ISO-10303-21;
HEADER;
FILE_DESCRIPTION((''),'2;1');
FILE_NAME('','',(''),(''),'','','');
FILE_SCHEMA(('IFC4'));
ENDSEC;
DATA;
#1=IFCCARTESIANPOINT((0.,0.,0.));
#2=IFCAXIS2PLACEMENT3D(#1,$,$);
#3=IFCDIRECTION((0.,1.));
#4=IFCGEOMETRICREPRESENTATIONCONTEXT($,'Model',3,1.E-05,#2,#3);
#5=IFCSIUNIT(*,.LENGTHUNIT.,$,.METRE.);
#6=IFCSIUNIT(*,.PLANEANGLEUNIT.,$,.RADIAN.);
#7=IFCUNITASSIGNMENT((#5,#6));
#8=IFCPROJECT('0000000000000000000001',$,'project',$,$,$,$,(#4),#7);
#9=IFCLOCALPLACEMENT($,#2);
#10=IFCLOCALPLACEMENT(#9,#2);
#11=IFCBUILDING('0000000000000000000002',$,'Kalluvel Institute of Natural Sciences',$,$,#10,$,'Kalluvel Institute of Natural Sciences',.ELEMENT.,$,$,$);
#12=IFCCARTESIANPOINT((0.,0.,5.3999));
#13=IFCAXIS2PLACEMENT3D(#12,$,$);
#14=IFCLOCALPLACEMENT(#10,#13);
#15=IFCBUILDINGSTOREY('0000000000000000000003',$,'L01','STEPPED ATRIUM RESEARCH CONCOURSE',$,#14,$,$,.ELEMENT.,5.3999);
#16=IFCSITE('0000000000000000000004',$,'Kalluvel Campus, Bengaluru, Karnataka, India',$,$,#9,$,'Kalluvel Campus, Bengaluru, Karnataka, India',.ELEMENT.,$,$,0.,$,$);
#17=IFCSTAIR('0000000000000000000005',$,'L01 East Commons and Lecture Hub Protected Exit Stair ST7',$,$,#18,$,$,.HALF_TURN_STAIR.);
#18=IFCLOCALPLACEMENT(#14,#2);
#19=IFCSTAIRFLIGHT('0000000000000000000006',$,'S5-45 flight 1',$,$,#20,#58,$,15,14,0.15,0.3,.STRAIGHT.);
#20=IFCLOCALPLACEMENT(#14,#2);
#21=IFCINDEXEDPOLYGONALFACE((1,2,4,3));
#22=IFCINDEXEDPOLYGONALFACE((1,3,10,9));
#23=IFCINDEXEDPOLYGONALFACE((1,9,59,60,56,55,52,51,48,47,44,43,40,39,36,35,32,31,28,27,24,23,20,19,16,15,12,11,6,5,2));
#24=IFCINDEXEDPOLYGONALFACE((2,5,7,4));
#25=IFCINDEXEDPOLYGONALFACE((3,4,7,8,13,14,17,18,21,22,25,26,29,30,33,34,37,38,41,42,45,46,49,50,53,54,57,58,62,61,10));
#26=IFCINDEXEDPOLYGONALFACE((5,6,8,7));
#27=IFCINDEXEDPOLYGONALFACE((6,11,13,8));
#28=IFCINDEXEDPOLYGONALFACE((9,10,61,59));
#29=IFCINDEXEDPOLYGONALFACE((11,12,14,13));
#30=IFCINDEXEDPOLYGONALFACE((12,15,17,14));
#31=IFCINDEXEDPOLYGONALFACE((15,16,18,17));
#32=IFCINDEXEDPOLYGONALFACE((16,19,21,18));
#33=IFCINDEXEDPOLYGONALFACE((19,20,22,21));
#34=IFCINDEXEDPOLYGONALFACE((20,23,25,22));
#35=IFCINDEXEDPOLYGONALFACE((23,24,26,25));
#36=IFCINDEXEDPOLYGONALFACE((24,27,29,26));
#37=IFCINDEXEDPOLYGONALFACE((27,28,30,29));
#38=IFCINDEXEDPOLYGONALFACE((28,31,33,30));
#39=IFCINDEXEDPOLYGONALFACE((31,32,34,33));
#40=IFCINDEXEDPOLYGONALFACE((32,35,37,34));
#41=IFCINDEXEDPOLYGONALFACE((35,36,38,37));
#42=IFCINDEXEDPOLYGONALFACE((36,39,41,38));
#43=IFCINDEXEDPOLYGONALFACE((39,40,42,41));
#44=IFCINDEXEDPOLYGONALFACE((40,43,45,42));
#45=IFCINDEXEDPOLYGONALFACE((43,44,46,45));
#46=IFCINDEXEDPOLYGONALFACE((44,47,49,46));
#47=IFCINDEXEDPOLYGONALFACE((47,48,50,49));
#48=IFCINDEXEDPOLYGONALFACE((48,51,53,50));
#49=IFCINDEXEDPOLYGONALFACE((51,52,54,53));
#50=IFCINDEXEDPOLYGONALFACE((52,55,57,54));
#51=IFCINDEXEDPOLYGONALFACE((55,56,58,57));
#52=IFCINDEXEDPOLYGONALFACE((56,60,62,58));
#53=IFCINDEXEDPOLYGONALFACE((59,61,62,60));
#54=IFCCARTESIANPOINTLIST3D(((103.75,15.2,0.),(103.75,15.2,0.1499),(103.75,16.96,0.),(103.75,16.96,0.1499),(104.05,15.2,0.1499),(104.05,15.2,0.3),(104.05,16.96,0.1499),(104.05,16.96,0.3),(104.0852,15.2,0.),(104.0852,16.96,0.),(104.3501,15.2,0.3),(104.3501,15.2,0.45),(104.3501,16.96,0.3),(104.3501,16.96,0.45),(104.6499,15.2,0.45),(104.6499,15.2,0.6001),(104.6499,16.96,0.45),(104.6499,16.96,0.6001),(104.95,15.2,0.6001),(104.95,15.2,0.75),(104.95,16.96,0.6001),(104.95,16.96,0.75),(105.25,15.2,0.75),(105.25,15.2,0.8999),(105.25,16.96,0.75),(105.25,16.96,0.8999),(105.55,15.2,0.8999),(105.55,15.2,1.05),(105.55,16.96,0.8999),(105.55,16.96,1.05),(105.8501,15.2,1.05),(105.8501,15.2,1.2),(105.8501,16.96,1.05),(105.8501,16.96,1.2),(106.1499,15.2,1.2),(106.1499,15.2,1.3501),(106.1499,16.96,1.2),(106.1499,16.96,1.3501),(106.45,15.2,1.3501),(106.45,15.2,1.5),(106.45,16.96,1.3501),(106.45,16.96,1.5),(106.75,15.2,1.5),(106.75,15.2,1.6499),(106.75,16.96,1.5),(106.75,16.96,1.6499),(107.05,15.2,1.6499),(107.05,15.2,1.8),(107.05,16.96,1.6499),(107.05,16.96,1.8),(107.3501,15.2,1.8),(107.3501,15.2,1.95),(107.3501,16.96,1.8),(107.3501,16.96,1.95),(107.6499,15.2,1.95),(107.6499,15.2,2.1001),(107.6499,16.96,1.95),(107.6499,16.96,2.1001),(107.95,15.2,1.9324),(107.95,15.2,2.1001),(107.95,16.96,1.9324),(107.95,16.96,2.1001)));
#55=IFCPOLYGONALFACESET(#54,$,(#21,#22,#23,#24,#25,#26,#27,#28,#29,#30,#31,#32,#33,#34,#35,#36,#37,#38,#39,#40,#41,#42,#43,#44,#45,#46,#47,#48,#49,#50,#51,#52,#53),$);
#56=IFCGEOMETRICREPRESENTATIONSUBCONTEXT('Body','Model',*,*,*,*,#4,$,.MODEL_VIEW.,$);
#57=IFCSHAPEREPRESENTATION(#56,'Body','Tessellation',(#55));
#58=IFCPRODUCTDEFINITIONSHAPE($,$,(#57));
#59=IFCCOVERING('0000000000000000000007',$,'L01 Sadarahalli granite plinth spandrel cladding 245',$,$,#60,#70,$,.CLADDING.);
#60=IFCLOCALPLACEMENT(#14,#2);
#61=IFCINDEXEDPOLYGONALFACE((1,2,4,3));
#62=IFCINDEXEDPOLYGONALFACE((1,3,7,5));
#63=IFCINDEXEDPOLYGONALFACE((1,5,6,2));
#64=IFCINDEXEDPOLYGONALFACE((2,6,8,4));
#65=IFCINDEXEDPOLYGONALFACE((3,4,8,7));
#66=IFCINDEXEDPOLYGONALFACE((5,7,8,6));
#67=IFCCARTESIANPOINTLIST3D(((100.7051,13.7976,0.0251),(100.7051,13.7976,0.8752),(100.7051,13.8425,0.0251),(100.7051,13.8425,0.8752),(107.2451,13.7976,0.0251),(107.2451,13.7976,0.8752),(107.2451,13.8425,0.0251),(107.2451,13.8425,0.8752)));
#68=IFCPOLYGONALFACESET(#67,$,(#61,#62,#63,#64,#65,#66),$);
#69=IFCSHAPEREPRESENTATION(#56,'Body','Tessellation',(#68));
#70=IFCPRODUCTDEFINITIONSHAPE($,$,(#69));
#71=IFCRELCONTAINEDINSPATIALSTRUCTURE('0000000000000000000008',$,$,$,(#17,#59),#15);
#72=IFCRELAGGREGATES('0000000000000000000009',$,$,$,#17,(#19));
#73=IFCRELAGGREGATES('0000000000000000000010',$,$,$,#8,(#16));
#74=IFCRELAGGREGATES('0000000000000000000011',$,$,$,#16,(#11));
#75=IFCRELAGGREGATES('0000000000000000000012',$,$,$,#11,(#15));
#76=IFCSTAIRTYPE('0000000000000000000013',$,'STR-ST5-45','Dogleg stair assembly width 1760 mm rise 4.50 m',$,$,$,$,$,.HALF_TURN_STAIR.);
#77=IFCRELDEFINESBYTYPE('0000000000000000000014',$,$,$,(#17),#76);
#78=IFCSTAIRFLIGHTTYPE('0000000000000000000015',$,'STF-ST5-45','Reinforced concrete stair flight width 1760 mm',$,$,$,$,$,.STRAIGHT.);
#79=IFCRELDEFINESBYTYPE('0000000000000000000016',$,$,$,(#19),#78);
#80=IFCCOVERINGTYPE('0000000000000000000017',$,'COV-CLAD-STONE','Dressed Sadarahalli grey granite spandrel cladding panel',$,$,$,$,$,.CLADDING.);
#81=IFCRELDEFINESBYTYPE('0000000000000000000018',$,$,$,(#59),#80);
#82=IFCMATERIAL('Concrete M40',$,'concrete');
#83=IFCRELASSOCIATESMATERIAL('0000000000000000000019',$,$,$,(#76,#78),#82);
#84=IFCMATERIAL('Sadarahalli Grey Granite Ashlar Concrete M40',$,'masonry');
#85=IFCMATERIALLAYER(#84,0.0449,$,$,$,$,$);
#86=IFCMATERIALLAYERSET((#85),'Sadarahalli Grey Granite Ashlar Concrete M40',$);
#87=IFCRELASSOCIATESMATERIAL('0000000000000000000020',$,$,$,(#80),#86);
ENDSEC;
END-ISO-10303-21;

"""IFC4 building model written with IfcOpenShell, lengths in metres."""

from ifc_helpers import new_model, si_unit, direction, frame, origin, origin_2d, place, context, subcontext, project, spatial, polyline, rectangle, outline, extrude, material, layer, layer_set, type_object, element, aggregate, save


model = new_model("IFC4")

# Units and contexts
model_context = context("Model", 3, precision=1e-05, world=origin(), true_north=direction((0.0, 1.0)))
body_context = subcontext(model_context, "Body", "Model", "MODEL_VIEW")
ifc_project = project(units=[si_unit("LENGTHUNIT", "METRE"), si_unit("PLANEANGLEUNIT", "RADIAN")], contexts=[model_context])

# Site, building, storey
site_placement = place(None, origin())
site = spatial("IfcSite", under=ifc_project, at=site_placement, Name="Kalluvel Campus, Bengaluru, Karnataka, India", LongName="Kalluvel Campus, Bengaluru, Karnataka, India", CompositionType="ELEMENT", RefElevation=0.0)
building_placement = place(site_placement, origin())
building = spatial("IfcBuilding", under=site, at=building_placement, Name="Kalluvel Institute of Natural Sciences", LongName="Kalluvel Institute of Natural Sciences", CompositionType="ELEMENT")
storey_placement = place(building_placement, frame((0.0, 0.0, 5.3999)))
storey = spatial("IfcBuildingStorey", under=building, at=storey_placement, Name="L01", Description="STEPPED ATRIUM RESEARCH CONCOURSE", CompositionType="ELEMENT", Elevation=5.3999)

# Shared definitions
ifc_material_1 = material(Name="Concrete M40", Category="concrete")

# Shared definitions
ifc_material_2 = material(Name="Sadarahalli Grey Granite Ashlar Concrete M40", Category="masonry")

# Stair, stair flight
stair_type = type_object("IfcStairType", Name="STR-ST5-45", Description="Dogleg stair assembly width 1760 mm rise 4.50 m", PredefinedType="HALF_TURN_STAIR", material=ifc_material_1)
stair_placement = place(storey_placement, origin())
stair = element("IfcStair", 1, at=stair_placement, inside=storey, type_object=stair_type, Name="L01 East Commons and Lecture Hub Protected Exit Stair ST7", PredefinedType="HALF_TURN_STAIR")
stair_flight_type = type_object("IfcStairFlightType", Name="STF-ST5-45", Description="Reinforced concrete stair flight width 1760 mm", PredefinedType="STRAIGHT", material=ifc_material_1)
stair_flight_placement = place(storey_placement, frame((103.75, 16.0801, 0.0), z_axis=(0.0, 0.0, 1.0), x_axis=(1.0, 0.0, 0.0)))
stair_flight = element("IfcStairFlight", 2, at=stair_flight_placement, type_object=stair_flight_type, Name="S5-45 flight 1", NumberOfRisers=15, NumberOfTreads=14, PredefinedType="STRAIGHT", RiserHeight=0.15, TreadLength=0.3, context=body_context, shape_type="SweptSolid", body=[
    extrude(outline(polyline([(0.0, 0.0), (0.0, 0.1499), (0.3, 0.1499), (0.3, 0.3), (0.6001, 0.3), (0.6001, 0.45), (0.8999, 0.45), (0.8999, 0.6001), (1.2, 0.6001), (1.2, 0.75), (1.5, 0.75), (1.5, 0.8999), (1.8, 0.8999), (1.8, 1.05), (2.1001, 1.05), (2.1001, 1.2), (2.3999, 1.2), (2.3999, 1.3501), (2.7, 1.3501), (2.7, 1.5), (3.0, 1.5), (3.0, 1.6499), (3.3, 1.6499), (3.3, 1.8), (3.6001, 1.8), (3.6001, 1.95), (3.8999, 1.95), (3.8999, 2.1001), (4.2, 2.1001), (4.2, 2.25), (4.2, 1.9324), (0.3352, 0.0), (0.0, 0.0)])), frame((0.0, 0.8799, 0.0), z_axis=(0.0, -1.0, 0.0), x_axis=(1.0, 0.0, 0.0)), (0.0, 0.0, 1.0), 1.76),
])
aggregate(stair, [stair_flight])

# Covering
ifc_layer_1 = layer(ifc_material_2, 0.0449)
ifc_layer_set_1 = layer_set([ifc_layer_1], Name="Sadarahalli Grey Granite Ashlar Concrete M40")
covering_type = type_object("IfcCoveringType", Name="COV-CLAD-STONE", Description="Dressed Sadarahalli grey granite spandrel cladding panel", PredefinedType="CLADDING", material=ifc_layer_set_1)
covering_placement = place(storey_placement, frame((103.9751, 13.8201, 0.0251), z_axis=(0.0, 0.0, 1.0), x_axis=(1.0, 0.0, 0.0)))
element("IfcCovering", 3, at=covering_placement, inside=storey, type_object=covering_type, Name="L01 Sadarahalli granite plinth spandrel cladding 245", PredefinedType="CLADDING", context=body_context, shape_type="SweptSolid", body=[
    extrude(rectangle(XDim=6.54, YDim=0.0449, at=origin_2d()), origin(), (0.0, 0.0, 1.0), 0.8501),
])

save(model, "model.ifc")
